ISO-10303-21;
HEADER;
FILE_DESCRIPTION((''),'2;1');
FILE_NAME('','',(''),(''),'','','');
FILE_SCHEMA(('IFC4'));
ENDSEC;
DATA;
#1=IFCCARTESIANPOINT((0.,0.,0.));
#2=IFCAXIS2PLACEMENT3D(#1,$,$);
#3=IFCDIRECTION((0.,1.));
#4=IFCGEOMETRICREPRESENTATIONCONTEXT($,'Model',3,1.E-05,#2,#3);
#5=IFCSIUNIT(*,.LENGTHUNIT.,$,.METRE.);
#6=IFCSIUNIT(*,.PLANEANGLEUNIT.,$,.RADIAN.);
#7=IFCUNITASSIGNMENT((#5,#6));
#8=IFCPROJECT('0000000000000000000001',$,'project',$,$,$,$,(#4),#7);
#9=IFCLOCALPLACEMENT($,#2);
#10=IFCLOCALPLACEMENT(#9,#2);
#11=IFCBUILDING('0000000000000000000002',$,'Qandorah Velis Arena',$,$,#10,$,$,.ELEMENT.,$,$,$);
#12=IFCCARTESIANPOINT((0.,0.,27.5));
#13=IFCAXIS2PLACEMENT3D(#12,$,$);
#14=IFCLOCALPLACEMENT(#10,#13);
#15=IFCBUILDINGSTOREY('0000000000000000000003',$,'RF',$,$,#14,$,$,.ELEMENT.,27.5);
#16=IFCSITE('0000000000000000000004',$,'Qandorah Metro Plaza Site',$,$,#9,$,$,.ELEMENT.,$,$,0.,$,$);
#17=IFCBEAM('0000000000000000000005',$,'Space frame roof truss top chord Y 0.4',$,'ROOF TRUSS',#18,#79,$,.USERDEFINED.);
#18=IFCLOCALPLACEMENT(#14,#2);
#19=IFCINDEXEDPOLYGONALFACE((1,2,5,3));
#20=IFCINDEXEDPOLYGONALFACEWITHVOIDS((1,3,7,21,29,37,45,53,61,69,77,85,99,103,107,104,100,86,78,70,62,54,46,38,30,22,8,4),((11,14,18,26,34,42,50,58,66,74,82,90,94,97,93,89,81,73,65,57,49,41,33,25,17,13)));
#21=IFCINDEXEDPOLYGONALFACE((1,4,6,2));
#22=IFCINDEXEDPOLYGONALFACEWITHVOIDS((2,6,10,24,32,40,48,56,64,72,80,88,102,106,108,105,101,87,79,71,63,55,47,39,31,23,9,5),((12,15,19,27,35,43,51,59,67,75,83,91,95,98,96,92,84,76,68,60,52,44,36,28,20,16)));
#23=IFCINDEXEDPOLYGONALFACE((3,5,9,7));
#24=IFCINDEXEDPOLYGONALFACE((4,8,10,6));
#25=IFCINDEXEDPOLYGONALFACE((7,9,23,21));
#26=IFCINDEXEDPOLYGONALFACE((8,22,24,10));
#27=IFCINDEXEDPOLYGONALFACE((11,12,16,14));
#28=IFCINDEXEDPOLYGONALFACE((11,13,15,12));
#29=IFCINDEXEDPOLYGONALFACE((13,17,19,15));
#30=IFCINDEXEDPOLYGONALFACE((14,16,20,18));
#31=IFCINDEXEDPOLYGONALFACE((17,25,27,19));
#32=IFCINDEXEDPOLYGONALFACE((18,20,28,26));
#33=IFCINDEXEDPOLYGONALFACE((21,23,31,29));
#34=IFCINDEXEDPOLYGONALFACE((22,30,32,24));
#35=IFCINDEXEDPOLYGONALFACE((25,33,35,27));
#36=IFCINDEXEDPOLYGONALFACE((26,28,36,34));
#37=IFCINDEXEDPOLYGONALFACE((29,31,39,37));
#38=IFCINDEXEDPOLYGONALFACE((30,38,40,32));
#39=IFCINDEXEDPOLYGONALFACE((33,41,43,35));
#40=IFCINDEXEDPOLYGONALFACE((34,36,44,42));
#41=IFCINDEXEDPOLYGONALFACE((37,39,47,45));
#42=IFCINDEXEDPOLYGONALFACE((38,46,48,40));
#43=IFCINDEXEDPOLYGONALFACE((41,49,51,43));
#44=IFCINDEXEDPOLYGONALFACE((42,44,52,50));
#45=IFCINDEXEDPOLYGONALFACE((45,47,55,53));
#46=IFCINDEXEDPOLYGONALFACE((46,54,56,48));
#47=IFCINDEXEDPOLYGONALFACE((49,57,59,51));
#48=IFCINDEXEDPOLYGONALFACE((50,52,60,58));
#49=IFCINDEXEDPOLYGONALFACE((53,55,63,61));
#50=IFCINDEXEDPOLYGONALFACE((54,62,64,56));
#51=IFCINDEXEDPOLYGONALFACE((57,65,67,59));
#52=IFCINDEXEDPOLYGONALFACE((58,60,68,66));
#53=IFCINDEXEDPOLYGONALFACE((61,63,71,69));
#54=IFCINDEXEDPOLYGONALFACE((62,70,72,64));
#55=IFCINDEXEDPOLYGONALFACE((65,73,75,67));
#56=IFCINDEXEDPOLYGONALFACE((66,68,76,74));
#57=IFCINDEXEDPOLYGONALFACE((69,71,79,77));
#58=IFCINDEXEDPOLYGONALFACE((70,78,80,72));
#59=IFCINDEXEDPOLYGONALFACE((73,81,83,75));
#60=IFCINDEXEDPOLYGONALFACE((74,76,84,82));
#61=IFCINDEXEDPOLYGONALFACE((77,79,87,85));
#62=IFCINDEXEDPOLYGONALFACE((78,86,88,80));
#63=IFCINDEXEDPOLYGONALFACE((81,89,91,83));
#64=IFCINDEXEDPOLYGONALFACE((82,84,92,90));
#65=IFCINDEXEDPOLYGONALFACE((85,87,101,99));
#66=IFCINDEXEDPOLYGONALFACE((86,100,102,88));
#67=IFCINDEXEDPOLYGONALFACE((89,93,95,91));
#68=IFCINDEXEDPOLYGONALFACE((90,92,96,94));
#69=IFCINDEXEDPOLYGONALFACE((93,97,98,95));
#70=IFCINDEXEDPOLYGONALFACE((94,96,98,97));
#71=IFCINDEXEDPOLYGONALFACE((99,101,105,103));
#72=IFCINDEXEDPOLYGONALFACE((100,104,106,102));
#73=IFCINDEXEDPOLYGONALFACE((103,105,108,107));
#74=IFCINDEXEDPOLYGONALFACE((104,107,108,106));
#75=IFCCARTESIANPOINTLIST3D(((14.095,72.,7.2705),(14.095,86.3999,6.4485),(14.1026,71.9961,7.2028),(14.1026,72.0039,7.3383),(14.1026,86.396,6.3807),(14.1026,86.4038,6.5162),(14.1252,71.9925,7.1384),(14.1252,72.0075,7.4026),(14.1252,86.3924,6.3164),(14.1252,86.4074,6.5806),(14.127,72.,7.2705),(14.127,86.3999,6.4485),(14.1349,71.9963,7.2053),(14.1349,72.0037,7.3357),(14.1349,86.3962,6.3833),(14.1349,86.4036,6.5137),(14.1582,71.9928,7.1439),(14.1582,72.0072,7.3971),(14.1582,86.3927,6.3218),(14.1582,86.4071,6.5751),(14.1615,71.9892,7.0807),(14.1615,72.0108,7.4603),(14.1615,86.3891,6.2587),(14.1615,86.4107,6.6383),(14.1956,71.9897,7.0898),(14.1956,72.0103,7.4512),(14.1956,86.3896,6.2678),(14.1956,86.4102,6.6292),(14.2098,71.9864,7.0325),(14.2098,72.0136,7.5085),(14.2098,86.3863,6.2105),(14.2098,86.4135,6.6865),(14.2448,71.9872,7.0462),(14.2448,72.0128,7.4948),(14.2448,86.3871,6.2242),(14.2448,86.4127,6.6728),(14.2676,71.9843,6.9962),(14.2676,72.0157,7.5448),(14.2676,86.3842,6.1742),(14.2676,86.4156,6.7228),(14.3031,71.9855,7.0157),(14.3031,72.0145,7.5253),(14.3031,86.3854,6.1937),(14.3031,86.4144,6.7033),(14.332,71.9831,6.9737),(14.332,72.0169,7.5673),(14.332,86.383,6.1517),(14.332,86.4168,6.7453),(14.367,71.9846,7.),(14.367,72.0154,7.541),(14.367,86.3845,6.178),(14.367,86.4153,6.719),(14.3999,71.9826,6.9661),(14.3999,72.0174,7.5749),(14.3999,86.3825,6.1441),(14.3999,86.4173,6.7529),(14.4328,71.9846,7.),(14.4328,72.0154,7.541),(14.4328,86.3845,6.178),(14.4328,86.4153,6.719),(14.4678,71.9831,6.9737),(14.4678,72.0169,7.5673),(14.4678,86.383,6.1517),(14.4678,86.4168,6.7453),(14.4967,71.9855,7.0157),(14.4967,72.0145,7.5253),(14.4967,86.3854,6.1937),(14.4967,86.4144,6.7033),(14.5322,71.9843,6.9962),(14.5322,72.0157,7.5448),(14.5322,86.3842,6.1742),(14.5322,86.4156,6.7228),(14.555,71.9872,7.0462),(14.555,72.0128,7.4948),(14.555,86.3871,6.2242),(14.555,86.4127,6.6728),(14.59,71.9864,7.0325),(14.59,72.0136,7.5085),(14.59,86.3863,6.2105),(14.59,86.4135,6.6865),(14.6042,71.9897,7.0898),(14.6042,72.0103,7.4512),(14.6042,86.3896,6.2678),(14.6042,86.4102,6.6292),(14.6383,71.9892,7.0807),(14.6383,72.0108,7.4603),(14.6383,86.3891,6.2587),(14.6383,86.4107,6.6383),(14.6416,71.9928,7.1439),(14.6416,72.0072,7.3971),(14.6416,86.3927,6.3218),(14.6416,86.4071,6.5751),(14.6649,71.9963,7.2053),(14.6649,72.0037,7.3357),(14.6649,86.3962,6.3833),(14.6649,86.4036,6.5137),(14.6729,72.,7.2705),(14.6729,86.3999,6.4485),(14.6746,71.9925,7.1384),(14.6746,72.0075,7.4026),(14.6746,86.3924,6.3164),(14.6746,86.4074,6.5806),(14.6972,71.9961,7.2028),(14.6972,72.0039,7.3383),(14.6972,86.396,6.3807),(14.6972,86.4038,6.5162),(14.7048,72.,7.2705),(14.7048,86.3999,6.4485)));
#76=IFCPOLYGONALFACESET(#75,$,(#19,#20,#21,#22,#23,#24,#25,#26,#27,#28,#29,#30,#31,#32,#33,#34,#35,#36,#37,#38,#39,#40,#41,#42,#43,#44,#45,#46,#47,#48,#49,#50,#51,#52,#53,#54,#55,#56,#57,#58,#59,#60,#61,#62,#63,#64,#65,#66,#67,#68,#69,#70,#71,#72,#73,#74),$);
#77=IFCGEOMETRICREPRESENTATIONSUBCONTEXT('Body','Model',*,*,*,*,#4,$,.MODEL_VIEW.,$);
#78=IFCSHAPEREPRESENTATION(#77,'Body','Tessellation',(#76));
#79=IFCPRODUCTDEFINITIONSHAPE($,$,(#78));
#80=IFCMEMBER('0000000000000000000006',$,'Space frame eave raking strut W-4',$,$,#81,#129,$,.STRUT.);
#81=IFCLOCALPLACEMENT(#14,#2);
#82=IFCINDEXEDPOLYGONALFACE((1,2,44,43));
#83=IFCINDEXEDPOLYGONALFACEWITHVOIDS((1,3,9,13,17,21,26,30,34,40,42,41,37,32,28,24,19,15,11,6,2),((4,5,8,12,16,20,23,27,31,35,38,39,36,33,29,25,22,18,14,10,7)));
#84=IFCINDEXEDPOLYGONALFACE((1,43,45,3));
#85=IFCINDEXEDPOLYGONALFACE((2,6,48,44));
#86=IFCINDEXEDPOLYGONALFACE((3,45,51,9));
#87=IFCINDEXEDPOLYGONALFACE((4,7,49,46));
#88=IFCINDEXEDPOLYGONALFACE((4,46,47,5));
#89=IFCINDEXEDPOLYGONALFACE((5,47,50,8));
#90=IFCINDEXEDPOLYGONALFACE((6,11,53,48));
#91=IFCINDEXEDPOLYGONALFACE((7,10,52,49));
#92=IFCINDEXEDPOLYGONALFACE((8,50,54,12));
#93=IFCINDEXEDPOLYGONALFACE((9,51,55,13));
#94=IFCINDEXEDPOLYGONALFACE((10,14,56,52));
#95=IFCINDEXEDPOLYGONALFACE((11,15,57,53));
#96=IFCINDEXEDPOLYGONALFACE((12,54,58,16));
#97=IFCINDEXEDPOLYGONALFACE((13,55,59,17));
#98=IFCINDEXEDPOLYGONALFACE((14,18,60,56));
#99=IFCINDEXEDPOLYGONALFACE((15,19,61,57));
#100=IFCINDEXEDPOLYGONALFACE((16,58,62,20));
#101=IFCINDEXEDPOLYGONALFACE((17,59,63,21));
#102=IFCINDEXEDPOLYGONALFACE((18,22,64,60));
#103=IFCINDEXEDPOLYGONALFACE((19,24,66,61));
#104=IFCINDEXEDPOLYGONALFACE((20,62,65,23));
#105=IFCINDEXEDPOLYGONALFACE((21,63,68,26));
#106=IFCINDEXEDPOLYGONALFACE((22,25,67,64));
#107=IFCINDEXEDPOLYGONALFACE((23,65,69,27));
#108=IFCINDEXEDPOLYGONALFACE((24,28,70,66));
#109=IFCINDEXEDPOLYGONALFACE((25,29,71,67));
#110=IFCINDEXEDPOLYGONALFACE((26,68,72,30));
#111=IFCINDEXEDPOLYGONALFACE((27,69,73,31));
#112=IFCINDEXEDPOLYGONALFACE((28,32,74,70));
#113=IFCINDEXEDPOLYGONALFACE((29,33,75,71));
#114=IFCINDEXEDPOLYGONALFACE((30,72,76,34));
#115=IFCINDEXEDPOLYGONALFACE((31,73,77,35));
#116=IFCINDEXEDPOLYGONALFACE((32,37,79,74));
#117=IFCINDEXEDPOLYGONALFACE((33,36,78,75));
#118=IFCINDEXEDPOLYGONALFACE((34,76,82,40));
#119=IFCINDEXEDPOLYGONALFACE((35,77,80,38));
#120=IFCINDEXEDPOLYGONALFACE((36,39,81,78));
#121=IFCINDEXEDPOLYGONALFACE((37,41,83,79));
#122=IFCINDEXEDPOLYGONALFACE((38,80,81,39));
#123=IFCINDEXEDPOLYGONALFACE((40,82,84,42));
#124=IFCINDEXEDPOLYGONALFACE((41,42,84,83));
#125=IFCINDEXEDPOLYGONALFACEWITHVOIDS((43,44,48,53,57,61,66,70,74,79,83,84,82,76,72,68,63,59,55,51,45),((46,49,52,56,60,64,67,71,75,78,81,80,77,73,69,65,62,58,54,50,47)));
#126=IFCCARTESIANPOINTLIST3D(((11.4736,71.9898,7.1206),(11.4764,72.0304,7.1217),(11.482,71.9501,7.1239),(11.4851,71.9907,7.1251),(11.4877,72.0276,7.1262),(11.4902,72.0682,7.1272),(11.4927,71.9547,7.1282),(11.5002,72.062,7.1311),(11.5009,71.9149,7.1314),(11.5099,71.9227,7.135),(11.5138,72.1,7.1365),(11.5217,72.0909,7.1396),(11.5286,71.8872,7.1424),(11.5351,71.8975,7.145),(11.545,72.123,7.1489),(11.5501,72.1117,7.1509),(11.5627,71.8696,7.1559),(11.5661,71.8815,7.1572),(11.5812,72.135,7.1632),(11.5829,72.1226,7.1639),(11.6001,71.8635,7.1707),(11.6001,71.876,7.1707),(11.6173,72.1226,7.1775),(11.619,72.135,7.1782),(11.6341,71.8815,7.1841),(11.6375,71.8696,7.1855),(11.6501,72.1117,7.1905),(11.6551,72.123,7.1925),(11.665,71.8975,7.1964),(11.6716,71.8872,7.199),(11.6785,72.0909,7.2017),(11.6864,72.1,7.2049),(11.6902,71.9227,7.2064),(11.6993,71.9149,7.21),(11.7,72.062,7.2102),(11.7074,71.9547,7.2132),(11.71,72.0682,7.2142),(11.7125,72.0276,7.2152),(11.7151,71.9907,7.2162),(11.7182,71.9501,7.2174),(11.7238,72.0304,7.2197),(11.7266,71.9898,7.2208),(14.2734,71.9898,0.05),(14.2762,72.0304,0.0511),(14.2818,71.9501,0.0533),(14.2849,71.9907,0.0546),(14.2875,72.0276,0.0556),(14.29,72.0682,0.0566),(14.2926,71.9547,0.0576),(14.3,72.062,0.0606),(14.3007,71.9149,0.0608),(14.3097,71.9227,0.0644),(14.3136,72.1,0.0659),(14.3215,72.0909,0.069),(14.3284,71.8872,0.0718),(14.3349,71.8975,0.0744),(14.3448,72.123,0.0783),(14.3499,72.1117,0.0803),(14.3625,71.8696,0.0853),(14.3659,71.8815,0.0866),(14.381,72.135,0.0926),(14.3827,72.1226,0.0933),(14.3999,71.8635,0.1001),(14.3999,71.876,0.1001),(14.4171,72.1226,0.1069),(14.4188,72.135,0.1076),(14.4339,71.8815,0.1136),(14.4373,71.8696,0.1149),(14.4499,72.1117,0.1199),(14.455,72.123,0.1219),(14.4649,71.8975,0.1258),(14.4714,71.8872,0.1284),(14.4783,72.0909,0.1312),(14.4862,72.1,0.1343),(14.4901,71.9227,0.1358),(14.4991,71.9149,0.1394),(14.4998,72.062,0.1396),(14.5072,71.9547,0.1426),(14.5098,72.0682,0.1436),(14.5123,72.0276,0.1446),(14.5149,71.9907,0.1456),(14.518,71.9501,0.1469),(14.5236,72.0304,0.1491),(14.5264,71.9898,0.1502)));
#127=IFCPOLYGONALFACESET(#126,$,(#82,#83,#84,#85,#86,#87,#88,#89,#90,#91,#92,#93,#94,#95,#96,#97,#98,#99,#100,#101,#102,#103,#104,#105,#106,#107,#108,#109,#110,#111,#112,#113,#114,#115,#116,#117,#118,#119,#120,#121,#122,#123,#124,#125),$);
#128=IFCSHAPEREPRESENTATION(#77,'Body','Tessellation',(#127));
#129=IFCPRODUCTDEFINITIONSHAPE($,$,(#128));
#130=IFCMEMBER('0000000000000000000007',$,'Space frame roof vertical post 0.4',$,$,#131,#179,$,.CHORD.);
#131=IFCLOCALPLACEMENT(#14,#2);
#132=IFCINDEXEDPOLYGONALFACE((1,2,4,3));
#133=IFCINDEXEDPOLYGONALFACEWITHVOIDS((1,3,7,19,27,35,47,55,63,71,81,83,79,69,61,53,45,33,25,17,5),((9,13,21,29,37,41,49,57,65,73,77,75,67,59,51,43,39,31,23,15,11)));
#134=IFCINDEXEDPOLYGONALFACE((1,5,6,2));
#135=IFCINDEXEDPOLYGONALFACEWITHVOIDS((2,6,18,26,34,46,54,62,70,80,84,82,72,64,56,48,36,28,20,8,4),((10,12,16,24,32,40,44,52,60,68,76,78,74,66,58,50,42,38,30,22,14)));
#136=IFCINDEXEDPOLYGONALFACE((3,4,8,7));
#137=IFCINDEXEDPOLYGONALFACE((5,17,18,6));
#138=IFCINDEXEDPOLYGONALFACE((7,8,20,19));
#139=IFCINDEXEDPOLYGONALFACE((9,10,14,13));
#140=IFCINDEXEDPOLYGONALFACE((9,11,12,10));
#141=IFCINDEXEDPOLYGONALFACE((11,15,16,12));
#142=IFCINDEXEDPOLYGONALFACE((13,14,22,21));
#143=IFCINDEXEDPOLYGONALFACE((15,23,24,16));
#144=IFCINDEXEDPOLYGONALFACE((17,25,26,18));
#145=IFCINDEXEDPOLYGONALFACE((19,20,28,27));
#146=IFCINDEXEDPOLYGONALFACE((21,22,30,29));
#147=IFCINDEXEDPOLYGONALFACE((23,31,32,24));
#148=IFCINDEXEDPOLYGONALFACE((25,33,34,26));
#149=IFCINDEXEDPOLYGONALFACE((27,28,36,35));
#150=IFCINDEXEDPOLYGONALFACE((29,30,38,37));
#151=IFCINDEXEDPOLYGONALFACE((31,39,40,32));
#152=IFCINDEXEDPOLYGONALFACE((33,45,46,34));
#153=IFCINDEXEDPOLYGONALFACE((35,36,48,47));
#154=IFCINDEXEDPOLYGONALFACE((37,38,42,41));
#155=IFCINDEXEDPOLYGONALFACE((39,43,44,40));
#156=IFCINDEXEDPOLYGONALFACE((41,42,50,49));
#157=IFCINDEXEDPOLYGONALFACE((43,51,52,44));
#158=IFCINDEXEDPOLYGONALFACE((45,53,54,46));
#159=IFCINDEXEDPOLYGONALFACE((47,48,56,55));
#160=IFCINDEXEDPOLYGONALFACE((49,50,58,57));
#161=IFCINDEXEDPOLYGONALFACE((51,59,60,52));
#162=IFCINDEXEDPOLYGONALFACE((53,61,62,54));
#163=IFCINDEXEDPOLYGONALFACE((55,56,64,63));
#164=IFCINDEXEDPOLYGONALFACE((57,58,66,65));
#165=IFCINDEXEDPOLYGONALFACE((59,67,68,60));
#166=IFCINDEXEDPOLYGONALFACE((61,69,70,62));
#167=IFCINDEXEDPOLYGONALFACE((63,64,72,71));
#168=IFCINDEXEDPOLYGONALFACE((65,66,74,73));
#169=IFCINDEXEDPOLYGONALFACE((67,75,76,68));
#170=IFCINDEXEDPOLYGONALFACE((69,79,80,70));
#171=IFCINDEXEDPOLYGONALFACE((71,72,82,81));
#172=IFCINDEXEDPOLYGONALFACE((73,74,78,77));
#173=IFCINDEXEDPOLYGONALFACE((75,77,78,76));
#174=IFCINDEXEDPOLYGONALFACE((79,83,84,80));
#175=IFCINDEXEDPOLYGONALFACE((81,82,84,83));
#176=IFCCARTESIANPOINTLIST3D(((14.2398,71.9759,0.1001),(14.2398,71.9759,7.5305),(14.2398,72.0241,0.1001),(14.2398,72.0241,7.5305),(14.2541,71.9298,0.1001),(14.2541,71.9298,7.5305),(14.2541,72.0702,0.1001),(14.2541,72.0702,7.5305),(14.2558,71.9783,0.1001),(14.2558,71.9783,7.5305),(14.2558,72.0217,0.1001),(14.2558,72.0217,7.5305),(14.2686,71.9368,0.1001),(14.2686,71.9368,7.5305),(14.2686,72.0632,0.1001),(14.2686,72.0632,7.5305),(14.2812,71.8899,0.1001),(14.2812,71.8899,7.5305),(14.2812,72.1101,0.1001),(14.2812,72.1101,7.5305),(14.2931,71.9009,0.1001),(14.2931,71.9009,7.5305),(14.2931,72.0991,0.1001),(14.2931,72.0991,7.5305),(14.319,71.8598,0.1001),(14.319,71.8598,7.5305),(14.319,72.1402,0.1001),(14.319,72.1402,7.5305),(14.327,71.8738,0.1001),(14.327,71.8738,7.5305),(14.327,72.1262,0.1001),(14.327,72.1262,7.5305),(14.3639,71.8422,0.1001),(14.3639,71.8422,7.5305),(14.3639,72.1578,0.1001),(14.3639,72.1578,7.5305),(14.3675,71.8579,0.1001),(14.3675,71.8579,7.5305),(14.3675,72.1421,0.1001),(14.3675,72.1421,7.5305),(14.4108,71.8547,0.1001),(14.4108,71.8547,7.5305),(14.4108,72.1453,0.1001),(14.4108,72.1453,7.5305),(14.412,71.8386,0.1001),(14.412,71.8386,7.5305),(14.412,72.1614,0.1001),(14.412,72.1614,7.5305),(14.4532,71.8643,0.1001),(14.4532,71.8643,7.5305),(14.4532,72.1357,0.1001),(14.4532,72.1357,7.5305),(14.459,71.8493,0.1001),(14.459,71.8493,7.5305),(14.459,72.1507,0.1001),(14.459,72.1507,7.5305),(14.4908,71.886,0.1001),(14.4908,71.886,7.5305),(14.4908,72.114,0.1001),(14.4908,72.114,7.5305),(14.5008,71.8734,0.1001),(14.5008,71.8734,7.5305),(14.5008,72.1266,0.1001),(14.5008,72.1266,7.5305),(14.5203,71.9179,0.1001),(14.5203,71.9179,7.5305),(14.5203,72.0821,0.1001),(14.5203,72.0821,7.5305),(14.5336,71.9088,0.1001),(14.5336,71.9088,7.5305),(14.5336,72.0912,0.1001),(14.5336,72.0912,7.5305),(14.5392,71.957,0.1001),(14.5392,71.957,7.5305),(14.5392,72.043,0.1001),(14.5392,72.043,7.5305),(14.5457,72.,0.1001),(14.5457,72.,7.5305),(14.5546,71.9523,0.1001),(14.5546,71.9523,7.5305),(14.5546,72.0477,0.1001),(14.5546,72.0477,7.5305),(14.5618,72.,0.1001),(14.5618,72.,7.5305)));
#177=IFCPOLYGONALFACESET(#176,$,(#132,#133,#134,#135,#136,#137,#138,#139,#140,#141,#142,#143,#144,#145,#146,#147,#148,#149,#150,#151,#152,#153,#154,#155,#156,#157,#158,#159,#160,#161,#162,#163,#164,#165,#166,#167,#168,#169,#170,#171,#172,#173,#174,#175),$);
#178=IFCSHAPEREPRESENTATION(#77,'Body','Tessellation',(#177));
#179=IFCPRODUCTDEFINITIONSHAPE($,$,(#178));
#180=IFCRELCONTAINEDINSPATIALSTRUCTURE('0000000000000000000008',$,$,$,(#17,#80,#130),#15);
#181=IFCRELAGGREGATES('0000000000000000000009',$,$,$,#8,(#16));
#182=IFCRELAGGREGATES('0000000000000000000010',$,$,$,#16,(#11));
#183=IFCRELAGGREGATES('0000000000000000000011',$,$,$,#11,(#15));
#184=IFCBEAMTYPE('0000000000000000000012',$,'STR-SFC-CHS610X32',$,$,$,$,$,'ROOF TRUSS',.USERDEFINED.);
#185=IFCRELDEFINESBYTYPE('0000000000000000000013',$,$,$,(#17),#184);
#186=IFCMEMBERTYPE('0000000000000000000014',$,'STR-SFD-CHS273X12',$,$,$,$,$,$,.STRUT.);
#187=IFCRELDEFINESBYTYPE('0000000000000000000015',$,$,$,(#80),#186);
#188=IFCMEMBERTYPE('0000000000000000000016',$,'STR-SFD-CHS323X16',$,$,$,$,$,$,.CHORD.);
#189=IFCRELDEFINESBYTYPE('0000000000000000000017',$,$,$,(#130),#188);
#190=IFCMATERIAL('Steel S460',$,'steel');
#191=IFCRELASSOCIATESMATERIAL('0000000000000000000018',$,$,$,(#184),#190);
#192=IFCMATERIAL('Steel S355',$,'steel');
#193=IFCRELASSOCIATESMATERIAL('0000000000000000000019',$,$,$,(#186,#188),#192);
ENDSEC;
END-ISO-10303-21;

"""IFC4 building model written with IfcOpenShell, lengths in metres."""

from ifc_helpers import new_model, si_unit, direction, frame, origin, origin_2d, place, context, subcontext, project, spatial, hollow_circle, extrude, material, material_profile, profile_set, type_object, element, save


model = new_model("IFC4")

# Units and contexts
model_context = context("Model", 3, precision=1e-05, world=origin(), true_north=direction((0.0, 1.0)))
body_context = subcontext(model_context, "Body", "Model", "MODEL_VIEW")
ifc_project = project(units=[si_unit("LENGTHUNIT", "METRE"), si_unit("PLANEANGLEUNIT", "RADIAN")], contexts=[model_context])

# Site, building, storey
site_placement = place(None, origin())
site = spatial("IfcSite", under=ifc_project, at=site_placement, Name="Qandorah Metro Plaza Site", CompositionType="ELEMENT", RefElevation=0.0)
building_placement = place(site_placement, origin())
building = spatial("IfcBuilding", under=site, at=building_placement, Name="Qandorah Velis Arena", CompositionType="ELEMENT")
storey_placement = place(building_placement, frame((0.0, 0.0, 27.5)))
storey = spatial("IfcBuildingStorey", under=building, at=storey_placement, Name="RF", CompositionType="ELEMENT", Elevation=27.5)

# Beam
ifc_material_1 = material(Name="Steel S355", Category="steel")
ifc_material_2 = material(Name="Steel S460", Category="steel")
ifc_material_profile_1 = material_profile(ifc_material_2, hollow_circle(Radius=0.3049, WallThickness=0.032, at=origin_2d()), Name="CHS 610x32")
ifc_profile_set_1 = profile_set([ifc_material_profile_1], Name="Steel S460")
beam_type_1 = type_object("IfcBeamType", Name="STR-SFC-CHS610X32", ElementType="ROOF TRUSS", PredefinedType="USERDEFINED", material=ifc_profile_set_1)
beam_1_placement = place(storey_placement, frame((14.3999, 72.0, 7.2705), z_axis=(0.0, 0.998375, -0.056992), x_axis=(-1.0, 0.0, 0.0)))
element("IfcBeam", 1, at=beam_1_placement, inside=storey, type_object=beam_type_1, Name="Space frame roof truss top chord Y 0.4", ObjectType="ROOF TRUSS", PredefinedType="USERDEFINED", context=body_context, shape_type="SweptSolid", body=[
    extrude(hollow_circle(Radius=0.3049, WallThickness=0.032, at=origin_2d()), origin(), (0.0, 0.0, 1.0), 14.4233),
])

# Members
ifc_material_profile_2 = material_profile(ifc_material_1, hollow_circle(Radius=0.1365, WallThickness=0.0125, at=origin_2d()), Name="CHS 273x12.5")
ifc_profile_set_2 = profile_set([ifc_material_profile_2], Name="Steel S355")
member_type_1 = type_object("IfcMemberType", Name="STR-SFD-CHS273X12", PredefinedType="STRUT", material=ifc_profile_set_2)
member_1_placement = place(storey_placement, frame((14.3999, 72.0, 0.1001), z_axis=(-0.368167, 0.0, 0.92976), x_axis=(0.0, -1.0, 0.0)))
element("IfcMember", 2, at=member_1_placement, inside=storey, type_object=member_type_1, Name="Space frame eave raking strut W-4", PredefinedType="STRUT", context=body_context, shape_type="SweptSolid", body=[
    extrude(hollow_circle(Radius=0.1365, WallThickness=0.0125, at=origin_2d()), origin(), (0.0, 0.0, 1.0), 7.6047),
])
ifc_material_profile_3 = material_profile(ifc_material_1, hollow_circle(Radius=0.1619, WallThickness=0.0161, at=origin_2d()), Name="CHS 323.9x16")
ifc_profile_set_3 = profile_set([ifc_material_profile_3], Name="Steel S355")
member_type_2 = type_object("IfcMemberType", Name="STR-SFD-CHS323X16", PredefinedType="CHORD", material=ifc_profile_set_3)
member_2_placement = place(storey_placement, frame((14.3999, 72.0, 0.1001), z_axis=(0.0, 0.0, 1.0), x_axis=(1.0, 0.0, 0.0)))
element("IfcMember", 3, at=member_2_placement, inside=storey, type_object=member_type_2, Name="Space frame roof vertical post 0.4", PredefinedType="CHORD", context=body_context, shape_type="SweptSolid", body=[
    extrude(hollow_circle(Radius=0.1619, WallThickness=0.0161, at=origin_2d()), origin(), (0.0, 0.0, 1.0), 7.4304),
])

save(model, "model.ifc")
